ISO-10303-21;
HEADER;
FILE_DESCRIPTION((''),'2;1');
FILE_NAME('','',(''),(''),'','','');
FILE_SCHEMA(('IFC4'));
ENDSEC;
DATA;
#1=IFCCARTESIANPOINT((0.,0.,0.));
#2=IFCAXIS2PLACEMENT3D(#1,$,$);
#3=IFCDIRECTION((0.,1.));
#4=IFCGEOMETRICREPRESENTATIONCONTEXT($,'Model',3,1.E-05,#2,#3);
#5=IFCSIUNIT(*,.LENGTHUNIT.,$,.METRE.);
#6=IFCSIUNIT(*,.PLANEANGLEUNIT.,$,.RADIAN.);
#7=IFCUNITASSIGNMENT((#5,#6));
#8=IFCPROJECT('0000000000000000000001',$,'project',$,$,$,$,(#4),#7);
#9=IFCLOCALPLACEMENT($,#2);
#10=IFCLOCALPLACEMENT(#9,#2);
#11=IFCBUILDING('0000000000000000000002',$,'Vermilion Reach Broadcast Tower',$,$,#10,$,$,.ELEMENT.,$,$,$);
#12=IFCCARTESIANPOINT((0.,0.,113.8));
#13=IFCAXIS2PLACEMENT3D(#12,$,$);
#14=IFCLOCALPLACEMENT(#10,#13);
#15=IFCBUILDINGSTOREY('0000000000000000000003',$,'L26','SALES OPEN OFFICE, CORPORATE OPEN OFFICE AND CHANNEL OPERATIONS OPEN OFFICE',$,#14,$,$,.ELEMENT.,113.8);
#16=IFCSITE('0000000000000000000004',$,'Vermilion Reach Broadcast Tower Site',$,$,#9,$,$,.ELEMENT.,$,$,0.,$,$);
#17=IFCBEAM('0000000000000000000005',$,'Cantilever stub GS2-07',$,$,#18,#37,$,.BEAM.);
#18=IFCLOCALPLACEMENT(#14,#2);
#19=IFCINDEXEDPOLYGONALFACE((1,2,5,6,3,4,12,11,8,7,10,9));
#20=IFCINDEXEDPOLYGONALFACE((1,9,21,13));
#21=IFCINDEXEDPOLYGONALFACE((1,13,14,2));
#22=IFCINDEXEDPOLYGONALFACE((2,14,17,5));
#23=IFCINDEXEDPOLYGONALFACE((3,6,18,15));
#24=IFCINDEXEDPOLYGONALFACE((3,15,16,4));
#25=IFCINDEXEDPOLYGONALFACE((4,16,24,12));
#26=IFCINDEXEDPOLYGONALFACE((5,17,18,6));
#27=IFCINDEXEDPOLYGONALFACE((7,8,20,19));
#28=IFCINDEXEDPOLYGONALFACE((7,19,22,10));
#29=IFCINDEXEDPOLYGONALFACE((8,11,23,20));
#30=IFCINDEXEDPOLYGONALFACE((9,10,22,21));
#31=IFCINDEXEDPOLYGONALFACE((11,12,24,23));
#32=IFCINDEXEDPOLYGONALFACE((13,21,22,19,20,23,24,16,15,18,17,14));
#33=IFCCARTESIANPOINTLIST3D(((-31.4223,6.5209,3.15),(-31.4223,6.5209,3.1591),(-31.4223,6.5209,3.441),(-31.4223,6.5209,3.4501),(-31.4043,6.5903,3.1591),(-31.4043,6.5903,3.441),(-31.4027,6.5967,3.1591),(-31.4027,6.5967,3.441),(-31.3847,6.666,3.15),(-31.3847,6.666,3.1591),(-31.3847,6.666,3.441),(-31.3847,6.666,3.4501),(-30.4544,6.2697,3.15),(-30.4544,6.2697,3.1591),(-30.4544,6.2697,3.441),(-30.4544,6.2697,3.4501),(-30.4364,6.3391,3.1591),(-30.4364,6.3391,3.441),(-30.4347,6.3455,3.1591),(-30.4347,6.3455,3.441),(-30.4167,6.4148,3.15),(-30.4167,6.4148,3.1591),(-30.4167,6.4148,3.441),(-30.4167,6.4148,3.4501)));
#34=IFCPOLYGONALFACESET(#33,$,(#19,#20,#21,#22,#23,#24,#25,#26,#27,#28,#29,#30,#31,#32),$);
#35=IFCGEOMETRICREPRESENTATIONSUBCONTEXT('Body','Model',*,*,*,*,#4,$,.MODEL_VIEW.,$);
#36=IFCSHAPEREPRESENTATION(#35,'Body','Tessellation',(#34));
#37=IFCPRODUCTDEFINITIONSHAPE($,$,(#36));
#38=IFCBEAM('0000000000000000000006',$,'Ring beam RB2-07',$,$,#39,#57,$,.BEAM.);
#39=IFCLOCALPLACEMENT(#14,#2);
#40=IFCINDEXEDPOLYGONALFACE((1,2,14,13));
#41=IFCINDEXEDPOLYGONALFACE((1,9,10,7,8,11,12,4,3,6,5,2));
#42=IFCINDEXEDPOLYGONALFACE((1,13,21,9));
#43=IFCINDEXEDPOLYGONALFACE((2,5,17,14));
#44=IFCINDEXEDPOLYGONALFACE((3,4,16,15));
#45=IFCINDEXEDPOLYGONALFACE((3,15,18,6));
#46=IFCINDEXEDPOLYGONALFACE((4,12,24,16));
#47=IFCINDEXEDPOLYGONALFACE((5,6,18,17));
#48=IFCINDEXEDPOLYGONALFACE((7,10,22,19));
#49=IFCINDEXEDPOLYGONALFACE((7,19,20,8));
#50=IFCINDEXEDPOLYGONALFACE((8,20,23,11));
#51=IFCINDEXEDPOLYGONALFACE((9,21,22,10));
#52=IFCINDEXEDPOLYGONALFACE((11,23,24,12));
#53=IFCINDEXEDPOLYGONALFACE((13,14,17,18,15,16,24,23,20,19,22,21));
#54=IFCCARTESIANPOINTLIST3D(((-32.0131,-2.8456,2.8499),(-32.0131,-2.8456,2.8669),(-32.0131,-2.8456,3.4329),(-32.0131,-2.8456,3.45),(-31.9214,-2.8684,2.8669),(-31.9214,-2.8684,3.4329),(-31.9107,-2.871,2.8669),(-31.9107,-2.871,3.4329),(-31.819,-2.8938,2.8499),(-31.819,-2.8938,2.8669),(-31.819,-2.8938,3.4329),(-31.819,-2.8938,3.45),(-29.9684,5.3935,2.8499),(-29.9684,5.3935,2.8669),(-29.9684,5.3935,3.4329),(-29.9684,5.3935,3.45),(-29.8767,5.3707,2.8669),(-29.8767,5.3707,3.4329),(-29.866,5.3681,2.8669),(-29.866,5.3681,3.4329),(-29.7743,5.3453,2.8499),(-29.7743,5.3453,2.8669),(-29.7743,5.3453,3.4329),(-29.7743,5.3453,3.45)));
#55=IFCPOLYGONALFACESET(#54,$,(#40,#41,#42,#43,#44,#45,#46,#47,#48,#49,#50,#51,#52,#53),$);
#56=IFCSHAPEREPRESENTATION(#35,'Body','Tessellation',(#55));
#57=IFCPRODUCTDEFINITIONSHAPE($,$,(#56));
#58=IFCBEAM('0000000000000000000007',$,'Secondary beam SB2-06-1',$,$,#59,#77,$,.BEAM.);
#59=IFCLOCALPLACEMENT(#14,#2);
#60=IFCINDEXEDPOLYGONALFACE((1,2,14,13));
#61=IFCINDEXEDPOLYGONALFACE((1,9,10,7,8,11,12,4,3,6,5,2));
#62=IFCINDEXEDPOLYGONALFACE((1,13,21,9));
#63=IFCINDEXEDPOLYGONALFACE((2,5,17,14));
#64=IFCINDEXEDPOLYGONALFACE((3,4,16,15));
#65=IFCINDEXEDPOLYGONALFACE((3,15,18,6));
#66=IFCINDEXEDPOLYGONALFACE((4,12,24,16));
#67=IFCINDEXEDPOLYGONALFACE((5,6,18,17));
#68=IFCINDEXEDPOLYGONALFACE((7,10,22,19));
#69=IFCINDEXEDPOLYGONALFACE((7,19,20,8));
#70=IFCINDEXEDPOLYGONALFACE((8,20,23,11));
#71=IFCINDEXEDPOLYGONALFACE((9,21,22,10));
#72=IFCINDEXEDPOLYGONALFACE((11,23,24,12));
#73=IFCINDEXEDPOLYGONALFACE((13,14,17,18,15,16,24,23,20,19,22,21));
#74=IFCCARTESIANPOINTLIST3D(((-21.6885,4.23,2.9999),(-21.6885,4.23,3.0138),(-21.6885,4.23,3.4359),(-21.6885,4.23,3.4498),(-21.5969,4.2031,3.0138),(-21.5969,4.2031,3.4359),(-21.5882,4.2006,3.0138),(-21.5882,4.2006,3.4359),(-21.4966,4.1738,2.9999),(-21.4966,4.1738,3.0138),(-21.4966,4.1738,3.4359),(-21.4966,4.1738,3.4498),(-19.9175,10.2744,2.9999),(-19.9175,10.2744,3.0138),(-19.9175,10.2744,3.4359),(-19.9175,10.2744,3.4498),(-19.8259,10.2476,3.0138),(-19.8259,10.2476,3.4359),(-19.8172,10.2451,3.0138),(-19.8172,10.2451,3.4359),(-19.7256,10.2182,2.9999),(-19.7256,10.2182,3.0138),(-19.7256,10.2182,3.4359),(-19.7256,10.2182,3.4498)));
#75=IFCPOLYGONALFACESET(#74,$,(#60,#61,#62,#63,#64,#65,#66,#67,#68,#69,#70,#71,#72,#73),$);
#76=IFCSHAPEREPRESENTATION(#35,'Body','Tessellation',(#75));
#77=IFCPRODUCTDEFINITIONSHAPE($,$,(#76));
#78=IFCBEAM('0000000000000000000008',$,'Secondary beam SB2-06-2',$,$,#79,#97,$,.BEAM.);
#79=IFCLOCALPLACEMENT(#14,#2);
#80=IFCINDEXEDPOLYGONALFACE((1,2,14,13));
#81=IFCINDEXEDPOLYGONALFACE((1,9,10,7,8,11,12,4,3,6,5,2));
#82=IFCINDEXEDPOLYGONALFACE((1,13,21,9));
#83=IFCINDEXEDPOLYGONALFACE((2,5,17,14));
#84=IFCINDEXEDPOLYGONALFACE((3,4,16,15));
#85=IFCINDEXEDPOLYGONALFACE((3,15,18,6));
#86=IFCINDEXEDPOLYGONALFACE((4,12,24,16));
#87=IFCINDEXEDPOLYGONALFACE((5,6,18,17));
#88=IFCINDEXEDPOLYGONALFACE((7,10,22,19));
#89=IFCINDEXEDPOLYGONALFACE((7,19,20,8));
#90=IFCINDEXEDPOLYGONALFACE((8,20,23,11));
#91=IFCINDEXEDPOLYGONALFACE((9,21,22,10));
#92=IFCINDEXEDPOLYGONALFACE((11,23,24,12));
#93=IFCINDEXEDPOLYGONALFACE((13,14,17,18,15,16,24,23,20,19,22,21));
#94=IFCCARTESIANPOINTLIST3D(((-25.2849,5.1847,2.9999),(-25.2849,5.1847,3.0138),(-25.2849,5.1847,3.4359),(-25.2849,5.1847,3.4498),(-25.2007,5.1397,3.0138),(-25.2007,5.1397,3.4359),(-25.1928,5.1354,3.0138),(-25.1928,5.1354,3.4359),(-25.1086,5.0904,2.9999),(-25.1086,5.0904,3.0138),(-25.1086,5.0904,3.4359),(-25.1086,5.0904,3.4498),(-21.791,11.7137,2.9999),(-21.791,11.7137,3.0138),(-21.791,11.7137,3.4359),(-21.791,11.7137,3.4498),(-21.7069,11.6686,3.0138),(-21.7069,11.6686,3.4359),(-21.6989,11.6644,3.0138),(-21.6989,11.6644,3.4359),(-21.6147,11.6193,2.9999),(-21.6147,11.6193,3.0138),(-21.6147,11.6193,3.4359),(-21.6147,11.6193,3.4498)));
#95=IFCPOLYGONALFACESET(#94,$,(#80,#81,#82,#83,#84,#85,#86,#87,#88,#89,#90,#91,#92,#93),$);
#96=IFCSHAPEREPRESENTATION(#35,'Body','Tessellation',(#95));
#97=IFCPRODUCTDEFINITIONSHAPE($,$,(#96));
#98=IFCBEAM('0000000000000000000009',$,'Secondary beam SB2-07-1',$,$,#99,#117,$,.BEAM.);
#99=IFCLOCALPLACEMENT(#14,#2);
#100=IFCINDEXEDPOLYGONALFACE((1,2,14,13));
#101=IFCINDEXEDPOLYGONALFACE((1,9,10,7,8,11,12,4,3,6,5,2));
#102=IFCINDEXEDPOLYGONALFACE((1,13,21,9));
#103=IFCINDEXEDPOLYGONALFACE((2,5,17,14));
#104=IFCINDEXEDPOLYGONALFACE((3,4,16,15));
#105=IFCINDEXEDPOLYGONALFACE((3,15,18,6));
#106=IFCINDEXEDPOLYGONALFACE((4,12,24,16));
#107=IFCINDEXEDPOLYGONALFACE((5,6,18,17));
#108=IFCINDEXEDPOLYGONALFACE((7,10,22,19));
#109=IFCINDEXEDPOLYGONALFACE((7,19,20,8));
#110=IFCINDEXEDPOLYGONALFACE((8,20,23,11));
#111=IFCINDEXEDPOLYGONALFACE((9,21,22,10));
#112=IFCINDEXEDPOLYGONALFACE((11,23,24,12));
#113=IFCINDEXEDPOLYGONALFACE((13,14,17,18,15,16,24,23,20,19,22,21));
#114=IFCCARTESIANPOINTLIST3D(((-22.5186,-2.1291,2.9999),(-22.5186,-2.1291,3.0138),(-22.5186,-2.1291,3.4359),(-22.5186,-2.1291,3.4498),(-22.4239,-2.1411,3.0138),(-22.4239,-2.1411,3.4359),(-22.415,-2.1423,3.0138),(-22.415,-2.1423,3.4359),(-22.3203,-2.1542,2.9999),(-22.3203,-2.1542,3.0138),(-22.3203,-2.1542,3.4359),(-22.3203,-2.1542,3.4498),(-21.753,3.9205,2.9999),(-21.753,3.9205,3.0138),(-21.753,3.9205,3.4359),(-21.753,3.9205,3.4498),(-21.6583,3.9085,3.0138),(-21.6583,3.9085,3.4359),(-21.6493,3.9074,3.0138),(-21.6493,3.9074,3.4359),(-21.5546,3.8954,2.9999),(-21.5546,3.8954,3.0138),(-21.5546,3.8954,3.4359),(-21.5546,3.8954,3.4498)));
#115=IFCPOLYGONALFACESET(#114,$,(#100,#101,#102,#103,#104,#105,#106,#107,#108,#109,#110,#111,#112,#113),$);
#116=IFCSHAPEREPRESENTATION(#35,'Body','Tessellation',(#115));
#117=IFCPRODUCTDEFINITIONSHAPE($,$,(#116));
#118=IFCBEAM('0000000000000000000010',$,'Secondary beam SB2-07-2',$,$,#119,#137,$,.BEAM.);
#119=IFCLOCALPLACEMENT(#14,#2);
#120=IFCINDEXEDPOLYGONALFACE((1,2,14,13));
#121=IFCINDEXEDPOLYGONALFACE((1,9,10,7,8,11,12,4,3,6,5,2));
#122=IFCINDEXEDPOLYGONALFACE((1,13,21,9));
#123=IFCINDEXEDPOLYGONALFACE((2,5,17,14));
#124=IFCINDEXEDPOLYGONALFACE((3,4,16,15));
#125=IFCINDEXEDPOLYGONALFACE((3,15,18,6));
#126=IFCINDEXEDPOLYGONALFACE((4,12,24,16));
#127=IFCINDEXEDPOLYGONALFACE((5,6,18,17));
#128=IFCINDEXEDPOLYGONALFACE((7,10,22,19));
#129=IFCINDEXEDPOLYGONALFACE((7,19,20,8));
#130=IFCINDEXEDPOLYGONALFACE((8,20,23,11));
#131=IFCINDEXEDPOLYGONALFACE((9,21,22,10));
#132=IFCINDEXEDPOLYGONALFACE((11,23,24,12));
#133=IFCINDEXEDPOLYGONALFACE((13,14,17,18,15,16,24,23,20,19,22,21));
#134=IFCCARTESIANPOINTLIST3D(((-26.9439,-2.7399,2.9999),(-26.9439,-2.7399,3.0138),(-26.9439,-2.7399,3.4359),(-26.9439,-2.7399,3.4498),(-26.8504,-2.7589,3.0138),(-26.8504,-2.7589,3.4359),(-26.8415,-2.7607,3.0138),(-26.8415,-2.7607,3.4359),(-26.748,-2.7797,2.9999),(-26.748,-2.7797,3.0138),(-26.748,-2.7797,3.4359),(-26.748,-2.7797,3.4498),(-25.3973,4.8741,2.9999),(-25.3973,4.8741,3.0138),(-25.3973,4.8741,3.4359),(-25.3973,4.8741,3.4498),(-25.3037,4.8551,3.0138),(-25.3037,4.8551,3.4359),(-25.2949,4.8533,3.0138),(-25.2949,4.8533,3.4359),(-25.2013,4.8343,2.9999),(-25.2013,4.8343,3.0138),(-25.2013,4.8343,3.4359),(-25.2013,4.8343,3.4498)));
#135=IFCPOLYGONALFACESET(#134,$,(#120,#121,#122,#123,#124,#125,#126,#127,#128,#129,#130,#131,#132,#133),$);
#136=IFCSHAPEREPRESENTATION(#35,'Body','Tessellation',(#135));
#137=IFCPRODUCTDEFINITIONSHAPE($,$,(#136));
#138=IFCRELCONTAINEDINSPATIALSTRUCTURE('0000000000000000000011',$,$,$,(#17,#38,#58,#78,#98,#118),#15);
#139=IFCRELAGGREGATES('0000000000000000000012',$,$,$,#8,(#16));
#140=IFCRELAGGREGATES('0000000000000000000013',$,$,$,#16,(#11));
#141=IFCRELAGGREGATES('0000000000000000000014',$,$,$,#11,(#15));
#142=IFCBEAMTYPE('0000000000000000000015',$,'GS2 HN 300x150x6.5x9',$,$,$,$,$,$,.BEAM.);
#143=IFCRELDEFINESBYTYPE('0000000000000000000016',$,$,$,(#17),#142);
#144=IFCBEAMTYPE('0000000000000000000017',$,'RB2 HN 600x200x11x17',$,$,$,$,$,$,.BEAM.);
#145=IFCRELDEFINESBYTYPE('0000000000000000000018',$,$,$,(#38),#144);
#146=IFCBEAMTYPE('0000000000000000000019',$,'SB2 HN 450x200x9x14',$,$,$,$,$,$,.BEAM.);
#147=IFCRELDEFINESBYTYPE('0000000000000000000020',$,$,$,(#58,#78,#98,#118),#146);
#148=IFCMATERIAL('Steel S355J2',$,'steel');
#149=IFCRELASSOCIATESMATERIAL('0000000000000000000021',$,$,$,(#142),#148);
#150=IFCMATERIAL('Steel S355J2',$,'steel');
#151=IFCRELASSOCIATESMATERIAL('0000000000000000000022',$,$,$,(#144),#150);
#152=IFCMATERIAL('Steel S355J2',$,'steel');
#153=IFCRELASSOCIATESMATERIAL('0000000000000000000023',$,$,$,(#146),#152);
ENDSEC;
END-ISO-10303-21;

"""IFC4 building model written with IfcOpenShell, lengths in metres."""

from ifc_helpers import new_model, si_unit, direction, frame, origin, origin_2d, place, context, subcontext, project, spatial, i_section, extrude, material, material_profile, profile_set, type_object, element, save


model = new_model("IFC4")

# Units and contexts
model_context = context("Model", 3, precision=1e-05, world=origin(), true_north=direction((0.0, 1.0)))
body_context = subcontext(model_context, "Body", "Model", "MODEL_VIEW")
ifc_project = project(units=[si_unit("LENGTHUNIT", "METRE"), si_unit("PLANEANGLEUNIT", "RADIAN")], contexts=[model_context])

# Site, building, storey
site_placement = place(None, origin())
site = spatial("IfcSite", under=ifc_project, at=site_placement, Name="Vermilion Reach Broadcast Tower Site", CompositionType="ELEMENT", RefElevation=0.0)
building_placement = place(site_placement, origin())
building = spatial("IfcBuilding", under=site, at=building_placement, Name="Vermilion Reach Broadcast Tower", CompositionType="ELEMENT")
storey_placement = place(building_placement, frame((0.0, 0.0, 113.8)))
storey = spatial("IfcBuildingStorey", under=building, at=storey_placement, Name="L26", Description="SALES OPEN OFFICE, CORPORATE OPEN OFFICE AND CHANNEL OPERATIONS OPEN OFFICE", CompositionType="ELEMENT", Elevation=113.8)

# Beams
ifc_material_1 = material(Name="Steel S355J2", Category="steel")
ifc_material_profile_1 = material_profile(ifc_material_1, i_section(OverallWidth=0.1499, OverallDepth=0.3, WebThickness=0.0066, FlangeThickness=0.009, at=origin_2d()), Name="S355J2 HN 300x150x6.5x9")
ifc_profile_set_1 = profile_set([ifc_material_profile_1], Name="Steel S355J2")
beam_type_1 = type_object("IfcBeamType", Name="GS2 HN 300x150x6.5x9", PredefinedType="BEAM", material=ifc_profile_set_1)
beam_1_placement = place(storey_placement, frame((-30.4355, 6.3423, 3.3), z_axis=(-0.967935, 0.251199, 0.0), x_axis=(-0.251199, -0.967935, 0.0)))
element("IfcBeam", 1, at=beam_1_placement, inside=storey, type_object=beam_type_1, Name="Cantilever stub GS2-07", PredefinedType="BEAM", context=body_context, shape_type="SweptSolid", body=[
    extrude(i_section(OverallWidth=0.1499, OverallDepth=0.3, WebThickness=0.0066, FlangeThickness=0.009, at=origin_2d()), origin(), (0.0, 0.0, 1.0), 1.0),
])
ifc_material_2 = material(Name="Steel S355J2", Category="steel")
ifc_material_profile_2 = material_profile(ifc_material_2, i_section(OverallWidth=0.2, OverallDepth=0.6001, WebThickness=0.011, FlangeThickness=0.0171, at=origin_2d()), Name="S355J2 HN 600x200x11x17")
ifc_profile_set_2 = profile_set([ifc_material_profile_2], Name="Steel S355J2")
beam_type_2 = type_object("IfcBeamType", Name="RB2 HN 600x200x11x17", PredefinedType="BEAM", material=ifc_profile_set_2)
beam_2_placement = place(storey_placement, frame((-29.8713, 5.3694, 3.1499), z_axis=(-0.240864, -0.970559, 0.0), x_axis=(0.970559, -0.240864, 0.0)))
element("IfcBeam", 2, at=beam_2_placement, inside=storey, type_object=beam_type_2, Name="Ring beam RB2-07", PredefinedType="BEAM", context=body_context, shape_type="SweptSolid", body=[
    extrude(i_section(OverallWidth=0.2, OverallDepth=0.6001, WebThickness=0.011, FlangeThickness=0.0171, at=origin_2d()), origin(), (0.0, 0.0, 1.0), 8.489),
])
ifc_material_3 = material(Name="Steel S355J2", Category="steel")
ifc_material_profile_3 = material_profile(ifc_material_3, i_section(OverallWidth=0.2, OverallDepth=0.45, WebThickness=0.009, FlangeThickness=0.0139, at=origin_2d()), Name="S355J2 HN 450x200x9x14")
ifc_profile_set_3 = profile_set([ifc_material_profile_3], Name="Steel S355J2")
beam_type_3 = type_object("IfcBeamType", Name="SB2 HN 450x200x9x14", PredefinedType="BEAM", material=ifc_profile_set_3)
beam_3_placement = place(storey_placement, frame((-19.8215, 10.2463, 3.2249), z_axis=(-0.281176, -0.959656, 0.0), x_axis=(0.959656, -0.281176, 0.0)))
element("IfcBeam", 3, at=beam_3_placement, inside=storey, type_object=beam_type_3, Name="Secondary beam SB2-06-1", PredefinedType="BEAM", context=body_context, shape_type="SweptSolid", body=[
    extrude(i_section(OverallWidth=0.2, OverallDepth=0.45, WebThickness=0.009, FlangeThickness=0.0139, at=origin_2d()), origin(), (0.0, 0.0, 1.0), 6.2986),
])
beam_4_placement = place(storey_placement, frame((-21.7029, 11.6665, 3.2249), z_axis=(-0.471822, -0.881694, 0.0), x_axis=(0.881694, -0.471822, 0.0)))
element("IfcBeam", 4, at=beam_4_placement, inside=storey, type_object=beam_type_3, Name="Secondary beam SB2-06-2", PredefinedType="BEAM", context=body_context, shape_type="SweptSolid", body=[
    extrude(i_section(OverallWidth=0.2, OverallDepth=0.45, WebThickness=0.009, FlangeThickness=0.0139, at=origin_2d()), origin(), (0.0, 0.0, 1.0), 7.405),
])
beam_5_placement = place(storey_placement, frame((-21.6538, 3.908, 3.2249), z_axis=(-0.125557, -0.992086, 0.0), x_axis=(0.992086, -0.125557, 0.0)))
element("IfcBeam", 5, at=beam_5_placement, inside=storey, type_object=beam_type_3, Name="Secondary beam SB2-07-1", PredefinedType="BEAM", context=body_context, shape_type="SweptSolid", body=[
    extrude(i_section(OverallWidth=0.2, OverallDepth=0.45, WebThickness=0.009, FlangeThickness=0.0139, at=origin_2d()), origin(), (0.0, 0.0, 1.0), 6.0979),
])
beam_6_placement = place(storey_placement, frame((-25.2993, 4.8542, 3.2249), z_axis=(-0.199064, -0.979986, 0.0), x_axis=(0.979986, -0.199064, 0.0)))
element("IfcBeam", 6, at=beam_6_placement, inside=storey, type_object=beam_type_3, Name="Secondary beam SB2-07-2", PredefinedType="BEAM", context=body_context, shape_type="SweptSolid", body=[
    extrude(i_section(OverallWidth=0.2, OverallDepth=0.45, WebThickness=0.009, FlangeThickness=0.0139, at=origin_2d()), origin(), (0.0, 0.0, 1.0), 7.7695),
])

save(model, "model.ifc")
